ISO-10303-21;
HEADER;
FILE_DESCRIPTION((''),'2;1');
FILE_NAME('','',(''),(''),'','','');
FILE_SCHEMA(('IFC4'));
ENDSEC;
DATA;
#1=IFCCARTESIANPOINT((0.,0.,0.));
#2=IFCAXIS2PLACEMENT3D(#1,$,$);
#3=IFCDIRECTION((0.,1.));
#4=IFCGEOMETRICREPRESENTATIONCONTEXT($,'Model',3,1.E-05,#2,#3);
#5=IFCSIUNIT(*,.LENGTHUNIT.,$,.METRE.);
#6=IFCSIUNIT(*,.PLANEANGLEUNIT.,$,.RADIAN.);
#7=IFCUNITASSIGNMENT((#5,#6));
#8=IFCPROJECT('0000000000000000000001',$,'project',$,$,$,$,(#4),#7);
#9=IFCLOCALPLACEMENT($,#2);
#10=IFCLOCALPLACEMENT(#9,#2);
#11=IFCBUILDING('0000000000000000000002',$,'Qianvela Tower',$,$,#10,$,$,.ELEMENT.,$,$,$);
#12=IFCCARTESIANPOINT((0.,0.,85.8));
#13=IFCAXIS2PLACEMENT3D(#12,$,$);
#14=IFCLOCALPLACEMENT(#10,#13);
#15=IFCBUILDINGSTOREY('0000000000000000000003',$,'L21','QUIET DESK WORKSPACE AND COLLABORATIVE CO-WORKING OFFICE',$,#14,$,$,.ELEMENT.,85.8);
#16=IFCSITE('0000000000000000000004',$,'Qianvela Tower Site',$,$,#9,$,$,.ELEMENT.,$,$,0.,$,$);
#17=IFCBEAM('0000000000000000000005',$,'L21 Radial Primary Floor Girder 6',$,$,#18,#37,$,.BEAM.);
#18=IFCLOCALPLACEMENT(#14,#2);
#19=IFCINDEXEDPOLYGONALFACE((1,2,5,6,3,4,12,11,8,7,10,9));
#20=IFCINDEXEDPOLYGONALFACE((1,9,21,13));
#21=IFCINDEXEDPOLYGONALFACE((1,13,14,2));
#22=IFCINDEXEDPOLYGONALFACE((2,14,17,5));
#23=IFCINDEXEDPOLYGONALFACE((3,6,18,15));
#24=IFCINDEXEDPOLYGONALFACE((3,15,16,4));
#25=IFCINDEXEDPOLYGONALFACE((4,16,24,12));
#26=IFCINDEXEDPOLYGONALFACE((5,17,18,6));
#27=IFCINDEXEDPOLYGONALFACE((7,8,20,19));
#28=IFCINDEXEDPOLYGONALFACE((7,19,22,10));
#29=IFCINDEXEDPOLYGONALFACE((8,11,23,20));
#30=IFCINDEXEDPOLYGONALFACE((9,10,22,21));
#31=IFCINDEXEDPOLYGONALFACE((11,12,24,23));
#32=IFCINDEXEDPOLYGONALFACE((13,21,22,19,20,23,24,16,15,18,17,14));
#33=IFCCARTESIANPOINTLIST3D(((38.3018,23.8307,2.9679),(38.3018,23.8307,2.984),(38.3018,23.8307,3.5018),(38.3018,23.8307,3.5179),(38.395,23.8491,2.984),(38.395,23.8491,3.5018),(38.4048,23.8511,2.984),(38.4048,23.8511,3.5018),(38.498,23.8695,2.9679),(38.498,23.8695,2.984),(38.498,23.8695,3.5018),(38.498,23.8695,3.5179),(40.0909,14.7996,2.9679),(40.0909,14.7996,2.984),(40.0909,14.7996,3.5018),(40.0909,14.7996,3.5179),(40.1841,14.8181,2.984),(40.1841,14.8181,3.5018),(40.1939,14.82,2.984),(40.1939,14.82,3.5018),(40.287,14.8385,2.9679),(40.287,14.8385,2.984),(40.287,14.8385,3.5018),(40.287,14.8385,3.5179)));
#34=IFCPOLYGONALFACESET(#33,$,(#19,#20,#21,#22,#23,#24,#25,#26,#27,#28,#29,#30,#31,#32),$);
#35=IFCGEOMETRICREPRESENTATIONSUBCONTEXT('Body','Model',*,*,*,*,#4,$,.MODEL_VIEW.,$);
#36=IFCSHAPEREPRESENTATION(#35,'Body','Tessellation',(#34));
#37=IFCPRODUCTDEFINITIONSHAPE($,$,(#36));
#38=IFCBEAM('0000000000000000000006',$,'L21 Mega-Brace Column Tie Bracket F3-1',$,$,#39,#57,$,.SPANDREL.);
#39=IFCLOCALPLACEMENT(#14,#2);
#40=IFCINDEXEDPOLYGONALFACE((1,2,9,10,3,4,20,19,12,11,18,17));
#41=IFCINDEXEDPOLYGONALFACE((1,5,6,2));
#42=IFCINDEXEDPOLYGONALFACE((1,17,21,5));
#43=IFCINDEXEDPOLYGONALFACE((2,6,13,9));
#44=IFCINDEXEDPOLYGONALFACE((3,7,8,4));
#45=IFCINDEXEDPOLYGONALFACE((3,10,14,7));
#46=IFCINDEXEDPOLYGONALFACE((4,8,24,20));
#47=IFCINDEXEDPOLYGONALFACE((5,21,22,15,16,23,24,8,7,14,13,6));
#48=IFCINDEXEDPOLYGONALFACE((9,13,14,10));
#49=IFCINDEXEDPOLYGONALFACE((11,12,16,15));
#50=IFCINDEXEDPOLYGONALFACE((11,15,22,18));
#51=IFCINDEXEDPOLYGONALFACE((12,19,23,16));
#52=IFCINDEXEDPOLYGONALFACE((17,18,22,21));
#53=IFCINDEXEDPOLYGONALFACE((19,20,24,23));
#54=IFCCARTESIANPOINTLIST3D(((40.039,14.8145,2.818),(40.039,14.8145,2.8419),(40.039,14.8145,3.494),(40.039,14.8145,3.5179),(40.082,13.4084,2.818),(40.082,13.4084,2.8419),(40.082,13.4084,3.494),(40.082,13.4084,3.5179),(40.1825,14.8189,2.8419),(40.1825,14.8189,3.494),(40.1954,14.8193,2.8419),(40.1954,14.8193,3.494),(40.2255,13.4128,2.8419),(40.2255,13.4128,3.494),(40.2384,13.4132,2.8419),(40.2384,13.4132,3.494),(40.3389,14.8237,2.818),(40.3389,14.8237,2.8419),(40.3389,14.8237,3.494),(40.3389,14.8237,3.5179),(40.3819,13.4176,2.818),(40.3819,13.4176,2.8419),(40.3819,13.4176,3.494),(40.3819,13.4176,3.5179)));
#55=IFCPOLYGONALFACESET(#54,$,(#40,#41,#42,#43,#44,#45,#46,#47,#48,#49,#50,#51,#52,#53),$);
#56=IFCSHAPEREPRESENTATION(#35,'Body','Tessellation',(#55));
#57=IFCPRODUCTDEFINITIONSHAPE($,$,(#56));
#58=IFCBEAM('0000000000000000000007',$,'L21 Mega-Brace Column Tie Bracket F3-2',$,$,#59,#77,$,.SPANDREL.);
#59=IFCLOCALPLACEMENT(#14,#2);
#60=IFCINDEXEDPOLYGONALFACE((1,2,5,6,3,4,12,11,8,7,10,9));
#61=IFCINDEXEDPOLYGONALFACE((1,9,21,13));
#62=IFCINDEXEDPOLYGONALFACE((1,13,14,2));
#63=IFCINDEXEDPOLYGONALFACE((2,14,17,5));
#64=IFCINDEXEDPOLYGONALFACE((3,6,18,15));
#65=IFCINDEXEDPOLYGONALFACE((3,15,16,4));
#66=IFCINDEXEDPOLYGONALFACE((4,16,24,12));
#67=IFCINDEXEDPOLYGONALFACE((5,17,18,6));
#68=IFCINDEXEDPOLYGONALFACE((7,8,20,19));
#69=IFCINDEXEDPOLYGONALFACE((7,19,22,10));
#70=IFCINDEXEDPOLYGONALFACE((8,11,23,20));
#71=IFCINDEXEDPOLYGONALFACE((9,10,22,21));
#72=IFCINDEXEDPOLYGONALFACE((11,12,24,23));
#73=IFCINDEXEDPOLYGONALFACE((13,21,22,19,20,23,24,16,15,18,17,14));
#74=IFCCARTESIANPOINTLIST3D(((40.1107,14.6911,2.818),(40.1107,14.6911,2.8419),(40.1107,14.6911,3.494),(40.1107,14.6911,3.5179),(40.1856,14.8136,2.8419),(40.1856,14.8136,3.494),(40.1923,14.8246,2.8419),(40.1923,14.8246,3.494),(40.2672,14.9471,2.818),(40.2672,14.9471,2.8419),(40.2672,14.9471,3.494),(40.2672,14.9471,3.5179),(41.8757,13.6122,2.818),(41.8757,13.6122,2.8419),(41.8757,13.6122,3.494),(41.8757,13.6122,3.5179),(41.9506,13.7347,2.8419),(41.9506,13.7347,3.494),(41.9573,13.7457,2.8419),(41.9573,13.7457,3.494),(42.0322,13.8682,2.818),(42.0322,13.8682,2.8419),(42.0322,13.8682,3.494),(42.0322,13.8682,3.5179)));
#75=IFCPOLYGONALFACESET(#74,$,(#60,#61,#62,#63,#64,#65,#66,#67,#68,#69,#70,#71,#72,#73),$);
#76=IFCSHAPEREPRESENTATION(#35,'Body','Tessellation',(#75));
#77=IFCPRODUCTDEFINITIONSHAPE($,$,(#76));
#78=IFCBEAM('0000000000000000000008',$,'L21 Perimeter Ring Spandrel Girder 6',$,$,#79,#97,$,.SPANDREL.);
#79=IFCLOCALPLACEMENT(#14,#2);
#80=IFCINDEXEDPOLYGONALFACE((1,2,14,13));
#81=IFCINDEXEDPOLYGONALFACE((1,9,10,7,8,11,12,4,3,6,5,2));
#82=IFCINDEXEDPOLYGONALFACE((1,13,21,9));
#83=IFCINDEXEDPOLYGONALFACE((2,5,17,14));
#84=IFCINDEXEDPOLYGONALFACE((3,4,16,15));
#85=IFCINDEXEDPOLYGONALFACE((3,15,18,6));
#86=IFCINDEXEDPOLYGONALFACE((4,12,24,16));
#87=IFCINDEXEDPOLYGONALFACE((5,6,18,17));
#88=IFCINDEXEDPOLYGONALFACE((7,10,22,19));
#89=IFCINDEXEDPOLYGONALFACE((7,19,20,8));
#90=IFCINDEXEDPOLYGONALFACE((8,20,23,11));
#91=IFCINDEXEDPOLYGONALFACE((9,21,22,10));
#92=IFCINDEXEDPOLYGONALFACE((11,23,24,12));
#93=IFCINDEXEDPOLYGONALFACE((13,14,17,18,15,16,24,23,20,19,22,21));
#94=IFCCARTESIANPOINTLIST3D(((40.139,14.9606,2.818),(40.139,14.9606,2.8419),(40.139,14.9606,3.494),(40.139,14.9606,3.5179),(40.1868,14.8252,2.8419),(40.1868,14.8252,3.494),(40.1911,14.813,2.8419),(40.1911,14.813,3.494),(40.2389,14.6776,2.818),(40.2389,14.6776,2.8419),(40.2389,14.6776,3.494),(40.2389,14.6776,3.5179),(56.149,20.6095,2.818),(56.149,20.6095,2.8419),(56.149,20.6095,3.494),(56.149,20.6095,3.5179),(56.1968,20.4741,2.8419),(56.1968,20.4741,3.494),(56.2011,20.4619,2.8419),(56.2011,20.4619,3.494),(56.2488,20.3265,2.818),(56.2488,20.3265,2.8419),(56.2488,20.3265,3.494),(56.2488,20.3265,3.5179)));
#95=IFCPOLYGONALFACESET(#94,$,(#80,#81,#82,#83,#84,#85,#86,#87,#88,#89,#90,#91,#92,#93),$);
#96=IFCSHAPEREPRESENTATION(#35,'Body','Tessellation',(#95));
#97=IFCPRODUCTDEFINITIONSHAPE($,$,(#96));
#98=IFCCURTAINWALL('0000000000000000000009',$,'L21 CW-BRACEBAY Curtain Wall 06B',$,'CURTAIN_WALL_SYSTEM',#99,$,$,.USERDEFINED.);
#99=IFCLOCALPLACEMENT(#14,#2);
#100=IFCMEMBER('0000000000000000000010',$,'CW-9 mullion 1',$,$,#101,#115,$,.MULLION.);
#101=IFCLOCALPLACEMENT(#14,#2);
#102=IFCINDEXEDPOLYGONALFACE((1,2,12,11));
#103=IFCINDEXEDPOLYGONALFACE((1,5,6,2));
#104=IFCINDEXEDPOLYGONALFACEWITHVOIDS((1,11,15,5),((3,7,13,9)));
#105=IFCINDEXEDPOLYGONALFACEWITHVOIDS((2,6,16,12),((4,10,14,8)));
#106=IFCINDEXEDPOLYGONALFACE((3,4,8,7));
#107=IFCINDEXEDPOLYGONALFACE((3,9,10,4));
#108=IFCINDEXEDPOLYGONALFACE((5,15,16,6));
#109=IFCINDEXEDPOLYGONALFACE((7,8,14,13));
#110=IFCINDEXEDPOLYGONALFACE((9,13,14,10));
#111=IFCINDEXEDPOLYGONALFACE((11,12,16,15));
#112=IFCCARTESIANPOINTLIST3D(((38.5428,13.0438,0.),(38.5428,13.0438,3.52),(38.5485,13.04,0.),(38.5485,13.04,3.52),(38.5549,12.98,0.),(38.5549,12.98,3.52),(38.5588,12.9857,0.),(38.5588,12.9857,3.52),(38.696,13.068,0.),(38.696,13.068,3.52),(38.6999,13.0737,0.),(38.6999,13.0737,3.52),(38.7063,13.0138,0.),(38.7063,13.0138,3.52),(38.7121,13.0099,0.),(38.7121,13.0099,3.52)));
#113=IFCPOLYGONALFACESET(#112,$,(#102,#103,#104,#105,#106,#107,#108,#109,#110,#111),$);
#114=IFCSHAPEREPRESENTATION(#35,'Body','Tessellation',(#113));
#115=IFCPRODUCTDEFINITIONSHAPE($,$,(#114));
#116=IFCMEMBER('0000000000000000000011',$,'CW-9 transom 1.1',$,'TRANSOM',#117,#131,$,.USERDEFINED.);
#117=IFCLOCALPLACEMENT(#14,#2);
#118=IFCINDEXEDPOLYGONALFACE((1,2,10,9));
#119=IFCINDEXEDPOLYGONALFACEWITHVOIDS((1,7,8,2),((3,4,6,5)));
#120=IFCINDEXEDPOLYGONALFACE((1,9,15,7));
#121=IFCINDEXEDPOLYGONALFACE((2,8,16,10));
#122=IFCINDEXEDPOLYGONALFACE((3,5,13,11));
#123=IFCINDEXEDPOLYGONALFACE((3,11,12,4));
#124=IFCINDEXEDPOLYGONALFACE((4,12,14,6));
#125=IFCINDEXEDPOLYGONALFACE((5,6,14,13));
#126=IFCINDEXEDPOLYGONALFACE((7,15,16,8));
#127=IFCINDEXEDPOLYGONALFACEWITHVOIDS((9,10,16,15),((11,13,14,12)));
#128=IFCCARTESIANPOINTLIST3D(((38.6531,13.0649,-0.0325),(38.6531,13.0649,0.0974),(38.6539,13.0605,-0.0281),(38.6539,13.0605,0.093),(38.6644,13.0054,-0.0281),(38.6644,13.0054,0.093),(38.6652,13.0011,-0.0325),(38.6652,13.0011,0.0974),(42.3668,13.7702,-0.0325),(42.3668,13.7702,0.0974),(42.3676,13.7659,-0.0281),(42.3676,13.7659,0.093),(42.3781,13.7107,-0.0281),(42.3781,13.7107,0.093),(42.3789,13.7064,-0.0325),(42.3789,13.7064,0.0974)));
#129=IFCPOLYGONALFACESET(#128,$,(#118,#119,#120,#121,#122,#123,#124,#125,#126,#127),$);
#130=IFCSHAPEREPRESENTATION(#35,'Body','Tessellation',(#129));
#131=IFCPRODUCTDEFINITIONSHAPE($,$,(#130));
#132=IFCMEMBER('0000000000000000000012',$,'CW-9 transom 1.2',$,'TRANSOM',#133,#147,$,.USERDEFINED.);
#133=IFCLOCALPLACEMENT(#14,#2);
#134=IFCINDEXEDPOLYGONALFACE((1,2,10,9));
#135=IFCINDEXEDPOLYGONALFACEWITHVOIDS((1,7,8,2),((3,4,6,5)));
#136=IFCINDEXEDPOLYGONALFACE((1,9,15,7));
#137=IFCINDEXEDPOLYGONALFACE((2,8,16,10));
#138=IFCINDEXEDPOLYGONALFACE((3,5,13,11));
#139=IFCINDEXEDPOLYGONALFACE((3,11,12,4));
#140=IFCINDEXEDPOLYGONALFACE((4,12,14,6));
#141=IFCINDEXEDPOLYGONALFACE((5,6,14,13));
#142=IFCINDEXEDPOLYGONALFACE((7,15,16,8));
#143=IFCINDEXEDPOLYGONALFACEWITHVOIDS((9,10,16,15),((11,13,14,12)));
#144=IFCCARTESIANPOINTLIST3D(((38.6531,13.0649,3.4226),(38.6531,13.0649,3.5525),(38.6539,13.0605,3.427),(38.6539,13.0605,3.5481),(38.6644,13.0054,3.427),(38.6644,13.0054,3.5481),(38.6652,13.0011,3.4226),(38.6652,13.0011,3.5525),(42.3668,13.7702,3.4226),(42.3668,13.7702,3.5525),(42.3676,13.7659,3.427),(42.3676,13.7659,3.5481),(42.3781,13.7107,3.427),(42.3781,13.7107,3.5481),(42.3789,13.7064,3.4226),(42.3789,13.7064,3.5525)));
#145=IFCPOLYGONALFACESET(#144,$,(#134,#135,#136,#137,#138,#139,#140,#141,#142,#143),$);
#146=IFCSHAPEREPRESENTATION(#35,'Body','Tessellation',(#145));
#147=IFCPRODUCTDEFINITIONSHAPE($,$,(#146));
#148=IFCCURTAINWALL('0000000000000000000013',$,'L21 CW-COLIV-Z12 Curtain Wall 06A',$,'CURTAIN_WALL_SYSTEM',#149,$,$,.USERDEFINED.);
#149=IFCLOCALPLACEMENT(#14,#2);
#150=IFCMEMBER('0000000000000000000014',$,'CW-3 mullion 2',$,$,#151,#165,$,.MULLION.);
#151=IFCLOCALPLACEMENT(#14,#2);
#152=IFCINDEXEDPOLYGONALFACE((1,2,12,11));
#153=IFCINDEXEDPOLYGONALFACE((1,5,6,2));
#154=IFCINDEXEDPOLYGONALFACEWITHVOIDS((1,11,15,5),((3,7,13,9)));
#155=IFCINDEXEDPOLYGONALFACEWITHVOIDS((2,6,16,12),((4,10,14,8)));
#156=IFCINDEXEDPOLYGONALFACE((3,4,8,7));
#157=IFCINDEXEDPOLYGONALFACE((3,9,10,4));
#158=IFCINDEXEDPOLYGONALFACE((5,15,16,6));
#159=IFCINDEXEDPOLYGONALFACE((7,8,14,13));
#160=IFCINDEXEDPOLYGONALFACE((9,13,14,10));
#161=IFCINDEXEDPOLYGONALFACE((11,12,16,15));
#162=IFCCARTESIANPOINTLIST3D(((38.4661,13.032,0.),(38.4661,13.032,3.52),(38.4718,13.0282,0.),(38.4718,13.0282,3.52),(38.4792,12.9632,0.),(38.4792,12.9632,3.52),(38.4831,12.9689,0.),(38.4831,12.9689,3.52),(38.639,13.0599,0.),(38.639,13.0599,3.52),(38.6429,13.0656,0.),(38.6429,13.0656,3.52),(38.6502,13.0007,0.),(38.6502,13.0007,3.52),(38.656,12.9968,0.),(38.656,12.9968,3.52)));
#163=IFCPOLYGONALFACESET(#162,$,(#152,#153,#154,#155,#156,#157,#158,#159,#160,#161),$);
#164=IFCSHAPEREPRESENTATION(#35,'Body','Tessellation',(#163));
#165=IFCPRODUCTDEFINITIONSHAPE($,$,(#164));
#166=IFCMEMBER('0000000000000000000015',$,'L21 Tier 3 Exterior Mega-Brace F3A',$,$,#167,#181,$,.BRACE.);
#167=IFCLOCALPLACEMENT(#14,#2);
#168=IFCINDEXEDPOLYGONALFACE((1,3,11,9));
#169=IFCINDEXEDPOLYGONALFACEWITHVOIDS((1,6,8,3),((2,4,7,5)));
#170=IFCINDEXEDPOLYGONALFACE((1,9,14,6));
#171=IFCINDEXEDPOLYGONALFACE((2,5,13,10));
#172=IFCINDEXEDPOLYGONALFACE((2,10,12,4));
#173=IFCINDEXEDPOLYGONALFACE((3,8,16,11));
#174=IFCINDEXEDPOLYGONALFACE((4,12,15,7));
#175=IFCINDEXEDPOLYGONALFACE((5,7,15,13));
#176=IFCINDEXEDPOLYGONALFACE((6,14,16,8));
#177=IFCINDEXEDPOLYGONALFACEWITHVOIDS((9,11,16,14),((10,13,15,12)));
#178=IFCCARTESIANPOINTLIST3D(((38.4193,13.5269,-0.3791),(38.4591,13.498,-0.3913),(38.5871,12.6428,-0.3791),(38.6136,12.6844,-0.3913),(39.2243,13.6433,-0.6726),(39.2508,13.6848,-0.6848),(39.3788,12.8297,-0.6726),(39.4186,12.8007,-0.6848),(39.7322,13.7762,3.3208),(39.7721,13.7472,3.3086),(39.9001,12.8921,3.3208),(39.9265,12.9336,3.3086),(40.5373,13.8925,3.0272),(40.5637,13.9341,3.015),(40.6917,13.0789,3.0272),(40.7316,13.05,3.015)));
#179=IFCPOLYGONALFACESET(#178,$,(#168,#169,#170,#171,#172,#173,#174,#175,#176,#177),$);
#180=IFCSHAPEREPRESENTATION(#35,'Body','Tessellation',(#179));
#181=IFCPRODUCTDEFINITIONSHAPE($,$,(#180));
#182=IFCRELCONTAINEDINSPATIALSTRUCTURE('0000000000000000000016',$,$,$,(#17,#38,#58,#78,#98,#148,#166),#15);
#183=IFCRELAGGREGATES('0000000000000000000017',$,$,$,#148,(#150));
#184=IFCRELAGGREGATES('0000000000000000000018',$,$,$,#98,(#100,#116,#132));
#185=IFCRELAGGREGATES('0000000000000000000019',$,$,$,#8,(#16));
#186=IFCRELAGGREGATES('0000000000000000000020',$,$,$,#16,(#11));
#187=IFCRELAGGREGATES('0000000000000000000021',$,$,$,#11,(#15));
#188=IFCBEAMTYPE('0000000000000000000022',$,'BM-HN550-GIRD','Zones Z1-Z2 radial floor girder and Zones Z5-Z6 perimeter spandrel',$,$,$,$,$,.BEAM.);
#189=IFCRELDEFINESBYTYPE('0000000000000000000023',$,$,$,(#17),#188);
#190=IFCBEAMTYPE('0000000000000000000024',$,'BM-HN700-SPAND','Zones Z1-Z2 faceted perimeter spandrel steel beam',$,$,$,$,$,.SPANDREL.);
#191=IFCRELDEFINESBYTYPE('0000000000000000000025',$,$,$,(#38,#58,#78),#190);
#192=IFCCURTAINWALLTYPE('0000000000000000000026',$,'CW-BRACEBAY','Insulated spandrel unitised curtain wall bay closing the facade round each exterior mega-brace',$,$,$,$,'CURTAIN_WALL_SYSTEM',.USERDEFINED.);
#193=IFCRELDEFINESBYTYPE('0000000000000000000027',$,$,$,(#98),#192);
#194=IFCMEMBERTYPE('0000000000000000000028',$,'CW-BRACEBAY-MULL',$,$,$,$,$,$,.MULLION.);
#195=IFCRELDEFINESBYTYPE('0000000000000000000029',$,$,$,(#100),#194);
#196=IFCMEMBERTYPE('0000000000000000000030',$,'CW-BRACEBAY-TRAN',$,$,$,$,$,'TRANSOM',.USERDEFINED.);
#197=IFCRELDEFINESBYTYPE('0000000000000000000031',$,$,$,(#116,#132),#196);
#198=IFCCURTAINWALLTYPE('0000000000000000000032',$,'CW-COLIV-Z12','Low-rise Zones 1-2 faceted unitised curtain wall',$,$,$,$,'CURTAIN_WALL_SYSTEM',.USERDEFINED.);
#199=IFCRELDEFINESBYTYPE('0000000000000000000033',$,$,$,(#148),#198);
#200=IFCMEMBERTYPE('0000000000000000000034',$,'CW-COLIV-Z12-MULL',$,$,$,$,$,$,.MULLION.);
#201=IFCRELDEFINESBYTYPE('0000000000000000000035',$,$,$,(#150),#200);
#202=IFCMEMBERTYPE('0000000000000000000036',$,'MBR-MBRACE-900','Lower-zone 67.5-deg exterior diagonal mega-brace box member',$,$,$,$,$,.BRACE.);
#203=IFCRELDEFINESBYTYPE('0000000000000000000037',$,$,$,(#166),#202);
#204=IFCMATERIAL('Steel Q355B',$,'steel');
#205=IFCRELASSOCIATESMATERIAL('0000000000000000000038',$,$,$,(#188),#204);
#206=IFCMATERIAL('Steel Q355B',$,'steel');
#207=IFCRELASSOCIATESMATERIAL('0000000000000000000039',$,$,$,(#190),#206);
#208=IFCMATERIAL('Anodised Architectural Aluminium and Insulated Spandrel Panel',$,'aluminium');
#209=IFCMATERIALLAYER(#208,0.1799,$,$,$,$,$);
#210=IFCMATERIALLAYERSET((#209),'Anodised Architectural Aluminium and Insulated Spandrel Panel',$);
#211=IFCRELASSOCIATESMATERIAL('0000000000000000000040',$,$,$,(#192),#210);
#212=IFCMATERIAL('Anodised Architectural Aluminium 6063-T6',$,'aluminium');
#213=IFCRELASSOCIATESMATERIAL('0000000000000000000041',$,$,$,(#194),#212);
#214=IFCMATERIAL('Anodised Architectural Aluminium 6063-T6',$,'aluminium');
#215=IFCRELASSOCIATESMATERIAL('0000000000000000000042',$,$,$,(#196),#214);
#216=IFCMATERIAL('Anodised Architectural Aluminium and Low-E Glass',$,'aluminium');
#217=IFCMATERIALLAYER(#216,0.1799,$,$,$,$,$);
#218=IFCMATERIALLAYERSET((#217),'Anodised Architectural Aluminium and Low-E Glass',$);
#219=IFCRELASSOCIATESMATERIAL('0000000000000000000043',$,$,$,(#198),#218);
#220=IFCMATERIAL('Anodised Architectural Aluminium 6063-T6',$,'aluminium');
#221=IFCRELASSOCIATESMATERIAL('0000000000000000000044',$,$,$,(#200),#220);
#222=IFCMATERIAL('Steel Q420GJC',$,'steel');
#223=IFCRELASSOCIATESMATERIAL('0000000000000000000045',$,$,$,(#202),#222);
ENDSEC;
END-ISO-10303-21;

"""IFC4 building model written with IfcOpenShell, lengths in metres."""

from ifc_helpers import new_model, si_unit, direction, frame, origin, origin_2d, place, context, subcontext, project, spatial, hollow_rectangle, i_section, extrude, material, layer, layer_set, material_profile, profile_set, type_object, element, aggregate, save


model = new_model("IFC4")

# Units and contexts
model_context = context("Model", 3, precision=1e-05, world=origin(), true_north=direction((0.0, 1.0)))
body_context = subcontext(model_context, "Body", "Model", "MODEL_VIEW")
ifc_project = project(units=[si_unit("LENGTHUNIT", "METRE"), si_unit("PLANEANGLEUNIT", "RADIAN")], contexts=[model_context])

# Site, building, storey
site_placement = place(None, origin())
site = spatial("IfcSite", under=ifc_project, at=site_placement, Name="Qianvela Tower Site", CompositionType="ELEMENT", RefElevation=0.0)
building_placement = place(site_placement, origin())
building = spatial("IfcBuilding", under=site, at=building_placement, Name="Qianvela Tower", CompositionType="ELEMENT")
storey_placement = place(building_placement, frame((0.0, 0.0, 85.8)))
storey = spatial("IfcBuildingStorey", under=building, at=storey_placement, Name="L21", Description="QUIET DESK WORKSPACE AND COLLABORATIVE CO-WORKING OFFICE", CompositionType="ELEMENT", Elevation=85.8)

# Beams
ifc_material_1 = material(Name="Steel Q355B", Category="steel")
ifc_material_profile_1 = material_profile(ifc_material_1, i_section(OverallWidth=0.2, OverallDepth=0.55, WebThickness=0.01, FlangeThickness=0.0161, at=origin_2d()), Name="HN550x200x10x16")
ifc_profile_set_1 = profile_set([ifc_material_profile_1], Name="Steel Q355B")
beam_type_1 = type_object("IfcBeamType", Name="BM-HN550-GIRD", Description="Zones Z1-Z2 radial floor girder and Zones Z5-Z6 perimeter spandrel", PredefinedType="BEAM", material=ifc_profile_set_1)
beam_1_placement = place(storey_placement, frame((38.3999, 23.8501, 3.2429), z_axis=(0.194326, -0.980937, 0.0), x_axis=(0.980937, 0.194326, 0.0)))
element("IfcBeam", 1, at=beam_1_placement, inside=storey, type_object=beam_type_1, Name="L21 Radial Primary Floor Girder 6", PredefinedType="BEAM", context=body_context, shape_type="SweptSolid", body=[
    extrude(i_section(OverallWidth=0.2, OverallDepth=0.55, WebThickness=0.01, FlangeThickness=0.0161, at=origin_2d()), origin(), (0.0, 0.0, 1.0), 9.2065),
])
ifc_material_2 = material(Name="Steel Q355B", Category="steel")
ifc_material_profile_2 = material_profile(ifc_material_2, i_section(OverallWidth=0.3, OverallDepth=0.7, WebThickness=0.0129, FlangeThickness=0.0239, at=origin_2d()), Name="HN700x300x13x24")
ifc_profile_set_2 = profile_set([ifc_material_profile_2], Name="Steel Q355B")
beam_type_2 = type_object("IfcBeamType", Name="BM-HN700-SPAND", Description="Zones Z1-Z2 faceted perimeter spandrel steel beam", PredefinedType="SPANDREL", material=ifc_profile_set_2)
beam_2_placement = place(storey_placement, frame((40.189, 14.8191, 3.168), z_axis=(0.030547, -0.999533, 0.0), x_axis=(0.999533, 0.030547, 0.0)))
element("IfcBeam", 2, at=beam_2_placement, inside=storey, type_object=beam_type_2, Name="L21 Mega-Brace Column Tie Bracket F3-1", PredefinedType="SPANDREL", context=body_context, shape_type="SweptSolid", body=[
    extrude(i_section(OverallWidth=0.3, OverallDepth=0.7, WebThickness=0.0129, FlangeThickness=0.0239, at=origin_2d()), origin(), (0.0, 0.0, 1.0), 1.4067),
])
beam_3_placement = place(storey_placement, frame((40.189, 14.8191, 3.168), z_axis=(0.853215, -0.52156, 0.0), x_axis=(0.52156, 0.853215, 0.0)))
element("IfcBeam", 3, at=beam_3_placement, inside=storey, type_object=beam_type_2, Name="L21 Mega-Brace Column Tie Bracket F3-2", PredefinedType="SPANDREL", context=body_context, shape_type="SweptSolid", body=[
    extrude(i_section(OverallWidth=0.3, OverallDepth=0.7, WebThickness=0.0129, FlangeThickness=0.0239, at=origin_2d()), origin(), (0.0, 0.0, 1.0), 2.0686),
])
beam_4_placement = place(storey_placement, frame((40.189, 14.8191, 3.168), z_axis=(0.943021, 0.332733, 0.0), x_axis=(-0.332733, 0.943021, 0.0)))
element("IfcBeam", 4, at=beam_4_placement, inside=storey, type_object=beam_type_2, Name="L21 Perimeter Ring Spandrel Girder 6", PredefinedType="SPANDREL", context=body_context, shape_type="SweptSolid", body=[
    extrude(i_section(OverallWidth=0.3, OverallDepth=0.7, WebThickness=0.0129, FlangeThickness=0.0239, at=origin_2d()), origin(), (0.0, 0.0, 1.0), 16.9773),
])

# Curtain wall, members
ifc_material_3 = material(Name="Anodised Architectural Aluminium and Insulated Spandrel Panel", Category="aluminium")
ifc_layer_1 = layer(ifc_material_3, 0.1799)
ifc_layer_set_1 = layer_set([ifc_layer_1], Name="Anodised Architectural Aluminium and Insulated Spandrel Panel")
curtain_wall_type_1 = type_object("IfcCurtainWallType", Name="CW-BRACEBAY", Description="Insulated spandrel unitised curtain wall bay closing the facade round each exterior mega-brace", ElementType="CURTAIN_WALL_SYSTEM", PredefinedType="USERDEFINED", material=ifc_layer_set_1)
curtain_wall_1_placement = place(storey_placement, origin())
curtain_wall_1 = element("IfcCurtainWall", 5, at=curtain_wall_1_placement, inside=storey, type_object=curtain_wall_type_1, Name="L21 CW-BRACEBAY Curtain Wall 06B", ObjectType="CURTAIN_WALL_SYSTEM", PredefinedType="USERDEFINED")
ifc_material_4 = material(Name="Anodised Architectural Aluminium 6063-T6", Category="aluminium")
ifc_material_profile_3 = material_profile(ifc_material_4, hollow_rectangle(XDim=0.0649, YDim=0.1599, WallThickness=0.0049, at=origin_2d()), Name="ALU-MULL-65x160")
ifc_profile_set_3 = profile_set([ifc_material_profile_3], Name="Anodised Architectural Aluminium 6063-T6")
member_type_1 = type_object("IfcMemberType", Name="CW-BRACEBAY-MULL", PredefinedType="MULLION", material=ifc_profile_set_3)
member_1_placement = place(storey_placement, frame((38.6274, 13.0269, 0.0), z_axis=(0.0, 0.0, 1.0), x_axis=(-0.186575, 0.982441, 0.0)))
member_1 = element("IfcMember", 6, at=member_1_placement, type_object=member_type_1, Name="CW-9 mullion 1", PredefinedType="MULLION", context=body_context, shape_type="SweptSolid", body=[
    extrude(hollow_rectangle(XDim=0.0649, YDim=0.1599, WallThickness=0.0049, at=origin_2d()), origin(), (0.0, 0.0, 1.0), 3.52),
])
ifc_material_5 = material(Name="Anodised Architectural Aluminium 6063-T6", Category="aluminium")
ifc_material_profile_4 = material_profile(ifc_material_5, hollow_rectangle(XDim=0.0649, YDim=0.1299, WallThickness=0.0044, at=origin_2d()), Name="ALU-TRAN-65x130")
ifc_profile_set_4 = profile_set([ifc_material_profile_4], Name="Anodised Architectural Aluminium 6063-T6")
member_type_2 = type_object("IfcMemberType", Name="CW-BRACEBAY-TRAN", ElementType="TRANSOM", PredefinedType="USERDEFINED", material=ifc_profile_set_4)
member_2_placement = place(storey_placement, frame((38.6592, 13.033, 0.0325), z_axis=(0.982437, 0.186593, 0.0), x_axis=(-0.186593, 0.982437, 0.0)))
member_2 = element("IfcMember", 7, at=member_2_placement, type_object=member_type_2, Name="CW-9 transom 1.1", ObjectType="TRANSOM", PredefinedType="USERDEFINED", context=body_context, shape_type="SweptSolid", body=[
    extrude(hollow_rectangle(XDim=0.0649, YDim=0.1299, WallThickness=0.0044, at=origin_2d()), origin(), (0.0, 0.0, 1.0), 3.78),
])
member_3_placement = place(storey_placement, frame((38.6592, 13.033, 3.4875), z_axis=(0.982437, 0.186593, 0.0), x_axis=(-0.186593, 0.982437, 0.0)))
member_3 = element("IfcMember", 8, at=member_3_placement, type_object=member_type_2, Name="CW-9 transom 1.2", ObjectType="TRANSOM", PredefinedType="USERDEFINED", context=body_context, shape_type="SweptSolid", body=[
    extrude(hollow_rectangle(XDim=0.0649, YDim=0.1299, WallThickness=0.0044, at=origin_2d()), origin(), (0.0, 0.0, 1.0), 3.78),
])

# Curtain wall, member
ifc_material_6 = material(Name="Anodised Architectural Aluminium and Low-E Glass", Category="aluminium")
ifc_layer_2 = layer(ifc_material_6, 0.1799)
ifc_layer_set_2 = layer_set([ifc_layer_2], Name="Anodised Architectural Aluminium and Low-E Glass")
curtain_wall_type_2 = type_object("IfcCurtainWallType", Name="CW-COLIV-Z12", Description="Low-rise Zones 1-2 faceted unitised curtain wall", ElementType="CURTAIN_WALL_SYSTEM", PredefinedType="USERDEFINED", material=ifc_layer_set_2)
curtain_wall_2_placement = place(storey_placement, origin())
curtain_wall_2 = element("IfcCurtainWall", 9, at=curtain_wall_2_placement, inside=storey, type_object=curtain_wall_type_2, Name="L21 CW-COLIV-Z12 Curtain Wall 06A", ObjectType="CURTAIN_WALL_SYSTEM", PredefinedType="USERDEFINED")
ifc_material_7 = material(Name="Anodised Architectural Aluminium 6063-T6", Category="aluminium")
ifc_material_profile_5 = material_profile(ifc_material_7, hollow_rectangle(XDim=0.0701, YDim=0.1799, WallThickness=0.0049, at=origin_2d()), Name="ALU-MULL-70x180")
ifc_profile_set_5 = profile_set([ifc_material_profile_5], Name="Anodised Architectural Aluminium 6063-T6")
member_type_3 = type_object("IfcMemberType", Name="CW-COLIV-Z12-MULL", PredefinedType="MULLION", material=ifc_profile_set_5)
member_4_placement = place(storey_placement, frame((38.561, 13.0144, 0.0), z_axis=(0.0, 0.0, 1.0), x_axis=(-0.186576, 0.98244, 0.0)))
member_4 = element("IfcMember", 10, at=member_4_placement, type_object=member_type_3, Name="CW-3 mullion 2", PredefinedType="MULLION", context=body_context, shape_type="SweptSolid", body=[
    extrude(hollow_rectangle(XDim=0.0701, YDim=0.1799, WallThickness=0.0049, at=origin_2d()), origin(), (0.0, 0.0, 1.0), 3.52),
])
aggregate(curtain_wall_2, [member_4])

# Member
ifc_material_8 = material(Name="Steel Q420GJC", Category="steel")
ifc_material_profile_6 = material_profile(ifc_material_8, hollow_rectangle(XDim=0.8999, YDim=0.8999, WallThickness=0.0359, at=origin_2d()), Name="MBOX-900x900x36")
ifc_profile_set_6 = profile_set([ifc_material_profile_6], Name="Steel Q420GJC")
member_type_4 = type_object("IfcMemberType", Name="MBR-MBRACE-900", Description="Lower-zone 67.5-deg exterior diagonal mega-brace box member", PredefinedType="BRACE", material=ifc_profile_set_6)
member_5_placement = place(storey_placement, frame((38.9189, 13.1638, -0.532), z_axis=(0.333761, 0.063364, 0.940526), x_axis=(-0.186516, 0.982452, 0.0)))
element("IfcMember", 11, at=member_5_placement, inside=storey, type_object=member_type_4, Name="L21 Tier 3 Exterior Mega-Brace F3A", PredefinedType="BRACE", context=body_context, shape_type="SweptSolid", body=[
    extrude(hollow_rectangle(XDim=0.8999, YDim=0.8999, WallThickness=0.0359, at=origin_2d()), origin(), (0.0, 0.0, 1.0), 3.9338),
])

aggregate(curtain_wall_1, [member_1, member_2, member_3])

save(model, "model.ifc")
